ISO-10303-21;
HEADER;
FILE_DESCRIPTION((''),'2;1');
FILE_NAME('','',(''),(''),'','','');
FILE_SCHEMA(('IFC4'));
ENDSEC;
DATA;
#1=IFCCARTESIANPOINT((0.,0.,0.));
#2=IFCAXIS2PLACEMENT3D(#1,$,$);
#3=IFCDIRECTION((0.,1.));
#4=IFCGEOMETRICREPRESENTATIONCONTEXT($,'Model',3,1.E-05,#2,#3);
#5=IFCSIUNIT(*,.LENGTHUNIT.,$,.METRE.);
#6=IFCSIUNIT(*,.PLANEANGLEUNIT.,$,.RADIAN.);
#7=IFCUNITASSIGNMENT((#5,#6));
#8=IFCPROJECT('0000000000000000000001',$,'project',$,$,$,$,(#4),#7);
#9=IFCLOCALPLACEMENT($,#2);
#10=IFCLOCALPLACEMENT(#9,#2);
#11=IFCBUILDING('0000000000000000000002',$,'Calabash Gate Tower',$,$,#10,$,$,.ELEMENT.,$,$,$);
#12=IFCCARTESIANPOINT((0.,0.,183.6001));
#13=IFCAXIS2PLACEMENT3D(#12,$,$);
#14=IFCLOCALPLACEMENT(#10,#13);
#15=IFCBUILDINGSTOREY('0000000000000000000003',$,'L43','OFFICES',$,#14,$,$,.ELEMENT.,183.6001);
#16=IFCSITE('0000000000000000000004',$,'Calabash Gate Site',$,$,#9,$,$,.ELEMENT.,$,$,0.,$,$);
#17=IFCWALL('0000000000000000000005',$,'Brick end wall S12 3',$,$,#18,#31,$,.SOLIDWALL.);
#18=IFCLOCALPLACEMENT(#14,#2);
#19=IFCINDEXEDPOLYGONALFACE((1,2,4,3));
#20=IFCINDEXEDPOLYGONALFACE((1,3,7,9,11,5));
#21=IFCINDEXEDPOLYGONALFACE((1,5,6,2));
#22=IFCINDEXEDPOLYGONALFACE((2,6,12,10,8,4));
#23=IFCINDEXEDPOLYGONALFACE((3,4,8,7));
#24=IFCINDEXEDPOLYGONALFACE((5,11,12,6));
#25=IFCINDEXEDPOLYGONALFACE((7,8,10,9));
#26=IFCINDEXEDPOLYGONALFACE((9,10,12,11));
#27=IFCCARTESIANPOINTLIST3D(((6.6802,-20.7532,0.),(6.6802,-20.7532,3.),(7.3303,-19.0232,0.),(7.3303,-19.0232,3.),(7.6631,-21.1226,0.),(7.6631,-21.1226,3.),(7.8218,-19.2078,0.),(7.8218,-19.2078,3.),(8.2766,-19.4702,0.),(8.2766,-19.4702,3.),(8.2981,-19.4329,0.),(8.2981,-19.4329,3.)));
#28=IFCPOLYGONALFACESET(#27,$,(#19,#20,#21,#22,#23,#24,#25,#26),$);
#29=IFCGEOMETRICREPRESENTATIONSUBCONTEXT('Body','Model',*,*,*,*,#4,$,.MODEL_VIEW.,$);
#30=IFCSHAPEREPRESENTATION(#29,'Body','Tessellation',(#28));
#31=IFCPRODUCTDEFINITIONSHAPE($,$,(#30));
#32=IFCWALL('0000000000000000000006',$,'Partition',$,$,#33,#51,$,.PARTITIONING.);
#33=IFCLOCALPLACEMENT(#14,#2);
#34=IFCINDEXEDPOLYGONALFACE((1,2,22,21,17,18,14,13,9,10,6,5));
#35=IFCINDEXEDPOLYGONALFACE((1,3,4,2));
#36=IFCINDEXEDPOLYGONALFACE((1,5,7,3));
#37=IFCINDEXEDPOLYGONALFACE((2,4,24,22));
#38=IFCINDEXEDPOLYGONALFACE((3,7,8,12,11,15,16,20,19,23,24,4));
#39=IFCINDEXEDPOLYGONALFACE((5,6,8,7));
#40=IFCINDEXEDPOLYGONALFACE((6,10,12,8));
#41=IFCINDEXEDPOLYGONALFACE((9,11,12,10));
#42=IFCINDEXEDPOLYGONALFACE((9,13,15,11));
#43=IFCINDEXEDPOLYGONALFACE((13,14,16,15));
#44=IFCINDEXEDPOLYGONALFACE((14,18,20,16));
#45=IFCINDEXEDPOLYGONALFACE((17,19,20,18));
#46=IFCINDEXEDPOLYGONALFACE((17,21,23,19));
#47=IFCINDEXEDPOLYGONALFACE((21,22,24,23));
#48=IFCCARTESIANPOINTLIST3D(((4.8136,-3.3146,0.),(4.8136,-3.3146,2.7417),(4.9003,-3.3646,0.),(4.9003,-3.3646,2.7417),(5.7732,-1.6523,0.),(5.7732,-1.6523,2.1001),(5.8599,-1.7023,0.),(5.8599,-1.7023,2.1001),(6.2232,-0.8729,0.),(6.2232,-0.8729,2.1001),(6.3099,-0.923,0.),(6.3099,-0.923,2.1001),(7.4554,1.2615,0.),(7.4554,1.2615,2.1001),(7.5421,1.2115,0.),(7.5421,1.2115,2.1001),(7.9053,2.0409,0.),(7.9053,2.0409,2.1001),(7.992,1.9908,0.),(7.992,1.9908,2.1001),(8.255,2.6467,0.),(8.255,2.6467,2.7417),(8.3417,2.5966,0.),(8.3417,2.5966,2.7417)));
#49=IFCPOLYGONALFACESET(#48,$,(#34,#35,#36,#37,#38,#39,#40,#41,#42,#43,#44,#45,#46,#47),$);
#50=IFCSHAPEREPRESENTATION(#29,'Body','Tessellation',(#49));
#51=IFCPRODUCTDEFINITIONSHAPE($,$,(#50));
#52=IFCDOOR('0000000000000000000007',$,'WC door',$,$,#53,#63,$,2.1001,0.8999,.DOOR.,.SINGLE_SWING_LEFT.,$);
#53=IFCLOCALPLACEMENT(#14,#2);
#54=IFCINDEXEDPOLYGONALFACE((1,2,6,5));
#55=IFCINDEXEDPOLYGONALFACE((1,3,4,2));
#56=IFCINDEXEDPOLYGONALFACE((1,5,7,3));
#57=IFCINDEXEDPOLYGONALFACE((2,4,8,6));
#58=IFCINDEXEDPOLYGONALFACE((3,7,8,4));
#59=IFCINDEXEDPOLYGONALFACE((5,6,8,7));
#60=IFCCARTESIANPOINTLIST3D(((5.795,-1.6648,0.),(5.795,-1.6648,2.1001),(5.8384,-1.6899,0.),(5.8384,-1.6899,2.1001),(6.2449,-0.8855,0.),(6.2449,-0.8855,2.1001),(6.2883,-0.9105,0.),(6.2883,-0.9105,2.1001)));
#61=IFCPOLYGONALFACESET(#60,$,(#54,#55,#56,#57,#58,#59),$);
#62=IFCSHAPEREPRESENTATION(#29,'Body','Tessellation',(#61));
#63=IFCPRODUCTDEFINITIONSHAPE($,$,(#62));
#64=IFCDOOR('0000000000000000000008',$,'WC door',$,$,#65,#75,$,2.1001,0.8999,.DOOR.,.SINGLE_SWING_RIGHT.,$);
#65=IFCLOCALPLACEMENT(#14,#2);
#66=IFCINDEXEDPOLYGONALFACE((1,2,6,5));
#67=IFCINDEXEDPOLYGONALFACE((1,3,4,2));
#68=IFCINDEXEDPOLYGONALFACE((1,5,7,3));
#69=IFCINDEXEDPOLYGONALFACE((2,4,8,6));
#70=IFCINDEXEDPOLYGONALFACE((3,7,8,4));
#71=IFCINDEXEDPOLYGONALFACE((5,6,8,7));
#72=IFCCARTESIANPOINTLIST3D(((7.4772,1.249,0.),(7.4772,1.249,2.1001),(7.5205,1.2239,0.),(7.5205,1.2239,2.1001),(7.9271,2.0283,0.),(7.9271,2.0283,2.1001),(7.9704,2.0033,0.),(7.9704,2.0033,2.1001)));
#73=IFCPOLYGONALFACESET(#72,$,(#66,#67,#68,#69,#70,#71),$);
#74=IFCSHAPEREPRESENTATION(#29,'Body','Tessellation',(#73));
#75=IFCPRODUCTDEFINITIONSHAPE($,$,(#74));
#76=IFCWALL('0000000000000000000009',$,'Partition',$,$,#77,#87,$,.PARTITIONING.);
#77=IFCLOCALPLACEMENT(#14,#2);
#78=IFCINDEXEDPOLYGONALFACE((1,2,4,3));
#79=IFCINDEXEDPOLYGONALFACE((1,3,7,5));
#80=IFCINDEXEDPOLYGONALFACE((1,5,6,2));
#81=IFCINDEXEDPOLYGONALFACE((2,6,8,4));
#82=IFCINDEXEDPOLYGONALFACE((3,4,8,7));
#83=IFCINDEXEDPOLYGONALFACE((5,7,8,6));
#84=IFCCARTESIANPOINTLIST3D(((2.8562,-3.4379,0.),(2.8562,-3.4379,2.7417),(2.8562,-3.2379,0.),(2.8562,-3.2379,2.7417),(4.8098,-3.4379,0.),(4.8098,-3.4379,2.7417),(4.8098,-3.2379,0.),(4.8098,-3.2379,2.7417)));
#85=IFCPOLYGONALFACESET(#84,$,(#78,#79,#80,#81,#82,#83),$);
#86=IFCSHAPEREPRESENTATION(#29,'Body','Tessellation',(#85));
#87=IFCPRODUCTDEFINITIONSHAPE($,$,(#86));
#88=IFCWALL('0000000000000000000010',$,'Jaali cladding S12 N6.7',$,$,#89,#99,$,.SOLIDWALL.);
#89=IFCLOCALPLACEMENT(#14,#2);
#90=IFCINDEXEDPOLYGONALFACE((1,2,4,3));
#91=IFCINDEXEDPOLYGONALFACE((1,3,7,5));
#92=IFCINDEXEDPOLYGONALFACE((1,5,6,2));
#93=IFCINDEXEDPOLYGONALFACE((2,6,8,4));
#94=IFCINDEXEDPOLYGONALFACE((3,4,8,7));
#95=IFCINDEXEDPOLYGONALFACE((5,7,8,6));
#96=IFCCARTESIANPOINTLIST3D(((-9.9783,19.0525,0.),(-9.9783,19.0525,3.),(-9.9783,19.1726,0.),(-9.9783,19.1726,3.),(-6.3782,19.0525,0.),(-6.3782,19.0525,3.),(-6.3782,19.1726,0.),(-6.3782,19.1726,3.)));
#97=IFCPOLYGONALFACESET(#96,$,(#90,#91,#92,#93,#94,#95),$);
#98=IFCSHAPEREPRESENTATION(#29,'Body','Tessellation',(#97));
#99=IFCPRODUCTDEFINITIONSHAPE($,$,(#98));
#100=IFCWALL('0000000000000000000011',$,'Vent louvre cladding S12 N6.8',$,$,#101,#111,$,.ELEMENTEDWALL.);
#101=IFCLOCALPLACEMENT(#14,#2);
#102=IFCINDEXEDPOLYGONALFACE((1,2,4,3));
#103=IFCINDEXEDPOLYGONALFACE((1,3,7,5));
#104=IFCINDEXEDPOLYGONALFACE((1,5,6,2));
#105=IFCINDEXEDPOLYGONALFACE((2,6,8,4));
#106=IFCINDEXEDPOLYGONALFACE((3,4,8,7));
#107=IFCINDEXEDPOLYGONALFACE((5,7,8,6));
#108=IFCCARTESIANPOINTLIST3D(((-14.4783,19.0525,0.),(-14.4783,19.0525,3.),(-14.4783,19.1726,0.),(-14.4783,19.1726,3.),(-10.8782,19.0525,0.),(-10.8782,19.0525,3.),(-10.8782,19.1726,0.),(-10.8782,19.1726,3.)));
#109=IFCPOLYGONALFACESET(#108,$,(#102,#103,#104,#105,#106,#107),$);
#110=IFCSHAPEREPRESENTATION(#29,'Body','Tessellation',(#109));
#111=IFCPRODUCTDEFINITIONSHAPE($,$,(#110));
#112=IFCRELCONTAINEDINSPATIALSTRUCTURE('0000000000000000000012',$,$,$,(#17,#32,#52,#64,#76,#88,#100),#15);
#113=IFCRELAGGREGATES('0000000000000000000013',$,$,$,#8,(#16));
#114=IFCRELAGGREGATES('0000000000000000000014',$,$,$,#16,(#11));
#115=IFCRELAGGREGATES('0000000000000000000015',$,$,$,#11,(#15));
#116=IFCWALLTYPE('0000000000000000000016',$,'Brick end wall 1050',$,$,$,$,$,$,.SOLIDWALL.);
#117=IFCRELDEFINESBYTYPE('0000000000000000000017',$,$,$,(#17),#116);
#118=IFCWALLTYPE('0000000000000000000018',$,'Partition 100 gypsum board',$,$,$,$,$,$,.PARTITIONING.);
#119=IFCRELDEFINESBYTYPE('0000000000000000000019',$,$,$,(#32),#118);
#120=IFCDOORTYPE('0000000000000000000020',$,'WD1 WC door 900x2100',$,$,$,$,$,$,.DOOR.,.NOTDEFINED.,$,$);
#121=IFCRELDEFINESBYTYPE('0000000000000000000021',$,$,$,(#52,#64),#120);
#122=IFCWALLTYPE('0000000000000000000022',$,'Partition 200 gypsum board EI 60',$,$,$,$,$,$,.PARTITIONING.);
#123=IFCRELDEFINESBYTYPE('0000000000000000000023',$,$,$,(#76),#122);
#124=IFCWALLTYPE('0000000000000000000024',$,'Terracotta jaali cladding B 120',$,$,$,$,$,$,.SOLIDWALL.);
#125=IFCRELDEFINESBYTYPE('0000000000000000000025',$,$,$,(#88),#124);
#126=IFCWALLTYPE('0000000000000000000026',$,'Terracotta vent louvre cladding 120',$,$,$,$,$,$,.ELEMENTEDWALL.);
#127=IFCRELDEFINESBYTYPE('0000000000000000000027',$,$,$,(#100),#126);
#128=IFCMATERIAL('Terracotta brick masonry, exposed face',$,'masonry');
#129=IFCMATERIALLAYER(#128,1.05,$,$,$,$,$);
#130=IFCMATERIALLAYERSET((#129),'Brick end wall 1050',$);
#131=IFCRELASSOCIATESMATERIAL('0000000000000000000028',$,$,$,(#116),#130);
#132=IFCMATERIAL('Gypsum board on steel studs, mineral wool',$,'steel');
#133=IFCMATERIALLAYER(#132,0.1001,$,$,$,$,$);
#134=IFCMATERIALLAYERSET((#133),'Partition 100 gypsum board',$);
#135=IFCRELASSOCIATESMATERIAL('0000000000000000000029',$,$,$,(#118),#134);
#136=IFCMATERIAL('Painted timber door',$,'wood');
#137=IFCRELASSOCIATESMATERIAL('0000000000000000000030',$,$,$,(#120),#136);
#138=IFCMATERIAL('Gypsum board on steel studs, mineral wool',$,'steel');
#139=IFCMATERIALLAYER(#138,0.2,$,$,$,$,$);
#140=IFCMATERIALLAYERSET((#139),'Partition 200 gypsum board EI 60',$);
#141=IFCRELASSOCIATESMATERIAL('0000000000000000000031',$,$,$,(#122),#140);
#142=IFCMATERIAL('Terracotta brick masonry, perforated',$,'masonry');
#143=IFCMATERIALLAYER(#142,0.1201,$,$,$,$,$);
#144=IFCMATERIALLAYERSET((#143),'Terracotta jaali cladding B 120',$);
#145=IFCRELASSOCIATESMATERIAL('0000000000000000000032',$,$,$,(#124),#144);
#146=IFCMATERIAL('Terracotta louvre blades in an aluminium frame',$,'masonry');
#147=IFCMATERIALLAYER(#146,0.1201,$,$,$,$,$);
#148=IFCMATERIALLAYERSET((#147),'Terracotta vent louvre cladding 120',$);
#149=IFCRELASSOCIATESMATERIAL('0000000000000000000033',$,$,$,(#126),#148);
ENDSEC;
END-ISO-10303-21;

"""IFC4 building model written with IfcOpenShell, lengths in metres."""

from ifc_helpers import new_model, si_unit, direction, frame, frame_2d, origin, place, context, subcontext, project, spatial, polyline, rectangle, outline, extrude, material, layer, layer_set, type_object, element, fill, save


model = new_model("IFC4")

# Units and contexts
model_context = context("Model", 3, precision=1e-05, world=origin(), true_north=direction((0.0, 1.0)))
body_context = subcontext(model_context, "Body", "Model", "MODEL_VIEW")
ifc_project = project(units=[si_unit("LENGTHUNIT", "METRE"), si_unit("PLANEANGLEUNIT", "RADIAN")], contexts=[model_context])

# Site, building, storey
site_placement = place(None, origin())
site = spatial("IfcSite", under=ifc_project, at=site_placement, Name="Calabash Gate Site", CompositionType="ELEMENT", RefElevation=0.0)
building_placement = place(site_placement, origin())
building = spatial("IfcBuilding", under=site, at=building_placement, Name="Calabash Gate Tower", CompositionType="ELEMENT")
storey_placement = place(building_placement, frame((0.0, 0.0, 183.6001)))
storey = spatial("IfcBuildingStorey", under=building, at=storey_placement, Name="L43", Description="OFFICES", CompositionType="ELEMENT", Elevation=183.6001)

# Wall
ifc_material_1 = material(Name="Terracotta brick masonry, exposed face", Category="masonry")
ifc_layer_1 = layer(ifc_material_1, 1.05)
ifc_layer_set_1 = layer_set([ifc_layer_1], Name="Brick end wall 1050")
wall_type_1 = type_object("IfcWallType", Name="Brick end wall 1050", PredefinedType="SOLIDWALL", material=ifc_layer_set_1)
wall_1_placement = place(storey_placement, origin())
element("IfcWall", 1, at=wall_1_placement, inside=storey, type_object=wall_type_1, Name="Brick end wall S12 3", PredefinedType="SOLIDWALL", context=body_context, shape_type="SweptSolid", body=[
    extrude(outline(polyline([(7.3303, -19.0232), (6.6802, -20.7532), (7.6631, -21.1226), (8.2981, -19.4329), (8.2766, -19.4702), (7.8218, -19.2078), (7.3303, -19.0232)])), origin(), (0.0, 0.0, 1.0), 3.0),
])

# Wall, openings, doors
ifc_material_2 = material(Name="Gypsum board on steel studs, mineral wool", Category="steel")
ifc_layer_2 = layer(ifc_material_2, 0.1001)
ifc_layer_set_2 = layer_set([ifc_layer_2], Name="Partition 100 gypsum board")
wall_type_2 = type_object("IfcWallType", Name="Partition 100 gypsum board", PredefinedType="PARTITIONING", material=ifc_layer_set_2)
wall_2_placement = place(storey_placement, frame((4.8569, -3.3396, 0.0), z_axis=(0.0, 0.0, 1.0), x_axis=(0.499969, 0.866043, 0.0)))
wall_2 = element("IfcWall", 2, at=wall_2_placement, inside=storey, type_object=wall_type_2, Name="Partition", PredefinedType="PARTITIONING", context=body_context, shape_type="SweptSolid", body=[
    extrude(rectangle(XDim=6.8833, YDim=0.1001, at=frame_2d((3.4417, 0.0))), origin(), (0.0, 0.0, 1.0), 2.7417),
])
opening_1_placement = place(wall_2_placement, frame((1.9194, 0.0, 0.0)))
opening_1 = element("IfcOpeningElement", 3, at=opening_1_placement, cuts=wall_2, PredefinedType="OPENING", context=body_context, shape_type="SweptSolid", body=[
    extrude(rectangle(XDim=0.8999, YDim=2.1001, at=frame_2d((0.45, 1.05))), frame((0.0, 0.0601, 0.0), z_axis=(0.0, -1.0, 0.0), x_axis=(1.0, 0.0, 0.0)), (0.0, 0.0, 1.0), 0.1201),
])
opening_2_placement = place(wall_2_placement, frame((5.2839, 0.0, 0.0)))
opening_2 = element("IfcOpeningElement", 4, at=opening_2_placement, cuts=wall_2, PredefinedType="OPENING", context=body_context, shape_type="SweptSolid", body=[
    extrude(rectangle(XDim=0.8999, YDim=2.1001, at=frame_2d((0.45, 1.05))), frame((0.0, 0.0601, 0.0), z_axis=(0.0, -1.0, 0.0), x_axis=(1.0, 0.0, 0.0)), (0.0, 0.0, 1.0), 0.1201),
])
ifc_material_3 = material(Name="Painted timber door", Category="wood")
door_type = type_object("IfcDoorType", Name="WD1 WC door 900x2100", OperationType="NOTDEFINED", PredefinedType="DOOR", material=ifc_material_3)
door_1_placement = place(opening_1_placement, origin())
door_1 = element("IfcDoor", 5, at=door_1_placement, inside=storey, type_object=door_type, Name="WC door", OperationType="SINGLE_SWING_LEFT", OverallHeight=2.1001, OverallWidth=0.8999, PredefinedType="DOOR", context=body_context, shape_type="SweptSolid", body=[
    extrude(rectangle(XDim=0.8999, YDim=2.1001, at=frame_2d((0.45, 1.05))), frame((0.0, 0.0249, 0.0), z_axis=(0.0, -1.0, 0.0), x_axis=(1.0, 0.0, 0.0)), (0.0, 0.0, 1.0), 0.05),
])
fill(opening_1, door_1)
door_2_placement = place(opening_2_placement, origin())
door_2 = element("IfcDoor", 6, at=door_2_placement, inside=storey, type_object=door_type, Name="WC door", OperationType="SINGLE_SWING_RIGHT", OverallHeight=2.1001, OverallWidth=0.8999, PredefinedType="DOOR", context=body_context, shape_type="SweptSolid", body=[
    extrude(rectangle(XDim=0.8999, YDim=2.1001, at=frame_2d((0.45, 1.05))), frame((0.0, 0.0249, 0.0), z_axis=(0.0, -1.0, 0.0), x_axis=(1.0, 0.0, 0.0)), (0.0, 0.0, 1.0), 0.05),
])
fill(opening_2, door_2)

# Walls
ifc_material_4 = material(Name="Gypsum board on steel studs, mineral wool", Category="steel")
ifc_layer_3 = layer(ifc_material_4, 0.2)
ifc_layer_set_3 = layer_set([ifc_layer_3], Name="Partition 200 gypsum board EI 60")
wall_type_3 = type_object("IfcWallType", Name="Partition 200 gypsum board EI 60", PredefinedType="PARTITIONING", material=ifc_layer_set_3)
wall_3_placement = place(storey_placement, frame((2.8562, -3.3379, 0.0), z_axis=(0.0, 0.0, 1.0), x_axis=(1.0, 0.0, 0.0)))
element("IfcWall", 7, at=wall_3_placement, inside=storey, type_object=wall_type_3, Name="Partition", PredefinedType="PARTITIONING", context=body_context, shape_type="SweptSolid", body=[
    extrude(rectangle(XDim=1.9536, YDim=0.2, at=frame_2d((0.9768, 0.0))), origin(), (0.0, 0.0, 1.0), 2.7417),
])
ifc_material_5 = material(Name="Terracotta brick masonry, perforated", Category="masonry")
ifc_layer_4 = layer(ifc_material_5, 0.1201)
ifc_layer_set_4 = layer_set([ifc_layer_4], Name="Terracotta jaali cladding B 120")
wall_type_4 = type_object("IfcWallType", Name="Terracotta jaali cladding B 120", PredefinedType="SOLIDWALL", material=ifc_layer_set_4)
wall_4_placement = place(storey_placement, origin())
element("IfcWall", 8, at=wall_4_placement, inside=storey, type_object=wall_type_4, Name="Jaali cladding S12 N6.7", PredefinedType="SOLIDWALL", context=body_context, shape_type="SweptSolid", body=[
    extrude(outline(polyline([(-9.9783, 19.1726), (-9.9783, 19.0525), (-6.3782, 19.0525), (-6.3782, 19.1726), (-9.9783, 19.1726)])), origin(), (0.0, 0.0, 1.0), 3.0),
])
ifc_material_6 = material(Name="Terracotta louvre blades in an aluminium frame", Category="masonry")
ifc_layer_5 = layer(ifc_material_6, 0.1201)
ifc_layer_set_5 = layer_set([ifc_layer_5], Name="Terracotta vent louvre cladding 120")
wall_type_5 = type_object("IfcWallType", Name="Terracotta vent louvre cladding 120", PredefinedType="ELEMENTEDWALL", material=ifc_layer_set_5)
wall_5_placement = place(storey_placement, origin())
element("IfcWall", 9, at=wall_5_placement, inside=storey, type_object=wall_type_5, Name="Vent louvre cladding S12 N6.8", PredefinedType="ELEMENTEDWALL", context=body_context, shape_type="SweptSolid", body=[
    extrude(outline(polyline([(-14.4783, 19.1726), (-14.4783, 19.0525), (-10.8782, 19.0525), (-10.8782, 19.1726), (-14.4783, 19.1726)])), origin(), (0.0, 0.0, 1.0), 3.0),
])

save(model, "model.ifc")
